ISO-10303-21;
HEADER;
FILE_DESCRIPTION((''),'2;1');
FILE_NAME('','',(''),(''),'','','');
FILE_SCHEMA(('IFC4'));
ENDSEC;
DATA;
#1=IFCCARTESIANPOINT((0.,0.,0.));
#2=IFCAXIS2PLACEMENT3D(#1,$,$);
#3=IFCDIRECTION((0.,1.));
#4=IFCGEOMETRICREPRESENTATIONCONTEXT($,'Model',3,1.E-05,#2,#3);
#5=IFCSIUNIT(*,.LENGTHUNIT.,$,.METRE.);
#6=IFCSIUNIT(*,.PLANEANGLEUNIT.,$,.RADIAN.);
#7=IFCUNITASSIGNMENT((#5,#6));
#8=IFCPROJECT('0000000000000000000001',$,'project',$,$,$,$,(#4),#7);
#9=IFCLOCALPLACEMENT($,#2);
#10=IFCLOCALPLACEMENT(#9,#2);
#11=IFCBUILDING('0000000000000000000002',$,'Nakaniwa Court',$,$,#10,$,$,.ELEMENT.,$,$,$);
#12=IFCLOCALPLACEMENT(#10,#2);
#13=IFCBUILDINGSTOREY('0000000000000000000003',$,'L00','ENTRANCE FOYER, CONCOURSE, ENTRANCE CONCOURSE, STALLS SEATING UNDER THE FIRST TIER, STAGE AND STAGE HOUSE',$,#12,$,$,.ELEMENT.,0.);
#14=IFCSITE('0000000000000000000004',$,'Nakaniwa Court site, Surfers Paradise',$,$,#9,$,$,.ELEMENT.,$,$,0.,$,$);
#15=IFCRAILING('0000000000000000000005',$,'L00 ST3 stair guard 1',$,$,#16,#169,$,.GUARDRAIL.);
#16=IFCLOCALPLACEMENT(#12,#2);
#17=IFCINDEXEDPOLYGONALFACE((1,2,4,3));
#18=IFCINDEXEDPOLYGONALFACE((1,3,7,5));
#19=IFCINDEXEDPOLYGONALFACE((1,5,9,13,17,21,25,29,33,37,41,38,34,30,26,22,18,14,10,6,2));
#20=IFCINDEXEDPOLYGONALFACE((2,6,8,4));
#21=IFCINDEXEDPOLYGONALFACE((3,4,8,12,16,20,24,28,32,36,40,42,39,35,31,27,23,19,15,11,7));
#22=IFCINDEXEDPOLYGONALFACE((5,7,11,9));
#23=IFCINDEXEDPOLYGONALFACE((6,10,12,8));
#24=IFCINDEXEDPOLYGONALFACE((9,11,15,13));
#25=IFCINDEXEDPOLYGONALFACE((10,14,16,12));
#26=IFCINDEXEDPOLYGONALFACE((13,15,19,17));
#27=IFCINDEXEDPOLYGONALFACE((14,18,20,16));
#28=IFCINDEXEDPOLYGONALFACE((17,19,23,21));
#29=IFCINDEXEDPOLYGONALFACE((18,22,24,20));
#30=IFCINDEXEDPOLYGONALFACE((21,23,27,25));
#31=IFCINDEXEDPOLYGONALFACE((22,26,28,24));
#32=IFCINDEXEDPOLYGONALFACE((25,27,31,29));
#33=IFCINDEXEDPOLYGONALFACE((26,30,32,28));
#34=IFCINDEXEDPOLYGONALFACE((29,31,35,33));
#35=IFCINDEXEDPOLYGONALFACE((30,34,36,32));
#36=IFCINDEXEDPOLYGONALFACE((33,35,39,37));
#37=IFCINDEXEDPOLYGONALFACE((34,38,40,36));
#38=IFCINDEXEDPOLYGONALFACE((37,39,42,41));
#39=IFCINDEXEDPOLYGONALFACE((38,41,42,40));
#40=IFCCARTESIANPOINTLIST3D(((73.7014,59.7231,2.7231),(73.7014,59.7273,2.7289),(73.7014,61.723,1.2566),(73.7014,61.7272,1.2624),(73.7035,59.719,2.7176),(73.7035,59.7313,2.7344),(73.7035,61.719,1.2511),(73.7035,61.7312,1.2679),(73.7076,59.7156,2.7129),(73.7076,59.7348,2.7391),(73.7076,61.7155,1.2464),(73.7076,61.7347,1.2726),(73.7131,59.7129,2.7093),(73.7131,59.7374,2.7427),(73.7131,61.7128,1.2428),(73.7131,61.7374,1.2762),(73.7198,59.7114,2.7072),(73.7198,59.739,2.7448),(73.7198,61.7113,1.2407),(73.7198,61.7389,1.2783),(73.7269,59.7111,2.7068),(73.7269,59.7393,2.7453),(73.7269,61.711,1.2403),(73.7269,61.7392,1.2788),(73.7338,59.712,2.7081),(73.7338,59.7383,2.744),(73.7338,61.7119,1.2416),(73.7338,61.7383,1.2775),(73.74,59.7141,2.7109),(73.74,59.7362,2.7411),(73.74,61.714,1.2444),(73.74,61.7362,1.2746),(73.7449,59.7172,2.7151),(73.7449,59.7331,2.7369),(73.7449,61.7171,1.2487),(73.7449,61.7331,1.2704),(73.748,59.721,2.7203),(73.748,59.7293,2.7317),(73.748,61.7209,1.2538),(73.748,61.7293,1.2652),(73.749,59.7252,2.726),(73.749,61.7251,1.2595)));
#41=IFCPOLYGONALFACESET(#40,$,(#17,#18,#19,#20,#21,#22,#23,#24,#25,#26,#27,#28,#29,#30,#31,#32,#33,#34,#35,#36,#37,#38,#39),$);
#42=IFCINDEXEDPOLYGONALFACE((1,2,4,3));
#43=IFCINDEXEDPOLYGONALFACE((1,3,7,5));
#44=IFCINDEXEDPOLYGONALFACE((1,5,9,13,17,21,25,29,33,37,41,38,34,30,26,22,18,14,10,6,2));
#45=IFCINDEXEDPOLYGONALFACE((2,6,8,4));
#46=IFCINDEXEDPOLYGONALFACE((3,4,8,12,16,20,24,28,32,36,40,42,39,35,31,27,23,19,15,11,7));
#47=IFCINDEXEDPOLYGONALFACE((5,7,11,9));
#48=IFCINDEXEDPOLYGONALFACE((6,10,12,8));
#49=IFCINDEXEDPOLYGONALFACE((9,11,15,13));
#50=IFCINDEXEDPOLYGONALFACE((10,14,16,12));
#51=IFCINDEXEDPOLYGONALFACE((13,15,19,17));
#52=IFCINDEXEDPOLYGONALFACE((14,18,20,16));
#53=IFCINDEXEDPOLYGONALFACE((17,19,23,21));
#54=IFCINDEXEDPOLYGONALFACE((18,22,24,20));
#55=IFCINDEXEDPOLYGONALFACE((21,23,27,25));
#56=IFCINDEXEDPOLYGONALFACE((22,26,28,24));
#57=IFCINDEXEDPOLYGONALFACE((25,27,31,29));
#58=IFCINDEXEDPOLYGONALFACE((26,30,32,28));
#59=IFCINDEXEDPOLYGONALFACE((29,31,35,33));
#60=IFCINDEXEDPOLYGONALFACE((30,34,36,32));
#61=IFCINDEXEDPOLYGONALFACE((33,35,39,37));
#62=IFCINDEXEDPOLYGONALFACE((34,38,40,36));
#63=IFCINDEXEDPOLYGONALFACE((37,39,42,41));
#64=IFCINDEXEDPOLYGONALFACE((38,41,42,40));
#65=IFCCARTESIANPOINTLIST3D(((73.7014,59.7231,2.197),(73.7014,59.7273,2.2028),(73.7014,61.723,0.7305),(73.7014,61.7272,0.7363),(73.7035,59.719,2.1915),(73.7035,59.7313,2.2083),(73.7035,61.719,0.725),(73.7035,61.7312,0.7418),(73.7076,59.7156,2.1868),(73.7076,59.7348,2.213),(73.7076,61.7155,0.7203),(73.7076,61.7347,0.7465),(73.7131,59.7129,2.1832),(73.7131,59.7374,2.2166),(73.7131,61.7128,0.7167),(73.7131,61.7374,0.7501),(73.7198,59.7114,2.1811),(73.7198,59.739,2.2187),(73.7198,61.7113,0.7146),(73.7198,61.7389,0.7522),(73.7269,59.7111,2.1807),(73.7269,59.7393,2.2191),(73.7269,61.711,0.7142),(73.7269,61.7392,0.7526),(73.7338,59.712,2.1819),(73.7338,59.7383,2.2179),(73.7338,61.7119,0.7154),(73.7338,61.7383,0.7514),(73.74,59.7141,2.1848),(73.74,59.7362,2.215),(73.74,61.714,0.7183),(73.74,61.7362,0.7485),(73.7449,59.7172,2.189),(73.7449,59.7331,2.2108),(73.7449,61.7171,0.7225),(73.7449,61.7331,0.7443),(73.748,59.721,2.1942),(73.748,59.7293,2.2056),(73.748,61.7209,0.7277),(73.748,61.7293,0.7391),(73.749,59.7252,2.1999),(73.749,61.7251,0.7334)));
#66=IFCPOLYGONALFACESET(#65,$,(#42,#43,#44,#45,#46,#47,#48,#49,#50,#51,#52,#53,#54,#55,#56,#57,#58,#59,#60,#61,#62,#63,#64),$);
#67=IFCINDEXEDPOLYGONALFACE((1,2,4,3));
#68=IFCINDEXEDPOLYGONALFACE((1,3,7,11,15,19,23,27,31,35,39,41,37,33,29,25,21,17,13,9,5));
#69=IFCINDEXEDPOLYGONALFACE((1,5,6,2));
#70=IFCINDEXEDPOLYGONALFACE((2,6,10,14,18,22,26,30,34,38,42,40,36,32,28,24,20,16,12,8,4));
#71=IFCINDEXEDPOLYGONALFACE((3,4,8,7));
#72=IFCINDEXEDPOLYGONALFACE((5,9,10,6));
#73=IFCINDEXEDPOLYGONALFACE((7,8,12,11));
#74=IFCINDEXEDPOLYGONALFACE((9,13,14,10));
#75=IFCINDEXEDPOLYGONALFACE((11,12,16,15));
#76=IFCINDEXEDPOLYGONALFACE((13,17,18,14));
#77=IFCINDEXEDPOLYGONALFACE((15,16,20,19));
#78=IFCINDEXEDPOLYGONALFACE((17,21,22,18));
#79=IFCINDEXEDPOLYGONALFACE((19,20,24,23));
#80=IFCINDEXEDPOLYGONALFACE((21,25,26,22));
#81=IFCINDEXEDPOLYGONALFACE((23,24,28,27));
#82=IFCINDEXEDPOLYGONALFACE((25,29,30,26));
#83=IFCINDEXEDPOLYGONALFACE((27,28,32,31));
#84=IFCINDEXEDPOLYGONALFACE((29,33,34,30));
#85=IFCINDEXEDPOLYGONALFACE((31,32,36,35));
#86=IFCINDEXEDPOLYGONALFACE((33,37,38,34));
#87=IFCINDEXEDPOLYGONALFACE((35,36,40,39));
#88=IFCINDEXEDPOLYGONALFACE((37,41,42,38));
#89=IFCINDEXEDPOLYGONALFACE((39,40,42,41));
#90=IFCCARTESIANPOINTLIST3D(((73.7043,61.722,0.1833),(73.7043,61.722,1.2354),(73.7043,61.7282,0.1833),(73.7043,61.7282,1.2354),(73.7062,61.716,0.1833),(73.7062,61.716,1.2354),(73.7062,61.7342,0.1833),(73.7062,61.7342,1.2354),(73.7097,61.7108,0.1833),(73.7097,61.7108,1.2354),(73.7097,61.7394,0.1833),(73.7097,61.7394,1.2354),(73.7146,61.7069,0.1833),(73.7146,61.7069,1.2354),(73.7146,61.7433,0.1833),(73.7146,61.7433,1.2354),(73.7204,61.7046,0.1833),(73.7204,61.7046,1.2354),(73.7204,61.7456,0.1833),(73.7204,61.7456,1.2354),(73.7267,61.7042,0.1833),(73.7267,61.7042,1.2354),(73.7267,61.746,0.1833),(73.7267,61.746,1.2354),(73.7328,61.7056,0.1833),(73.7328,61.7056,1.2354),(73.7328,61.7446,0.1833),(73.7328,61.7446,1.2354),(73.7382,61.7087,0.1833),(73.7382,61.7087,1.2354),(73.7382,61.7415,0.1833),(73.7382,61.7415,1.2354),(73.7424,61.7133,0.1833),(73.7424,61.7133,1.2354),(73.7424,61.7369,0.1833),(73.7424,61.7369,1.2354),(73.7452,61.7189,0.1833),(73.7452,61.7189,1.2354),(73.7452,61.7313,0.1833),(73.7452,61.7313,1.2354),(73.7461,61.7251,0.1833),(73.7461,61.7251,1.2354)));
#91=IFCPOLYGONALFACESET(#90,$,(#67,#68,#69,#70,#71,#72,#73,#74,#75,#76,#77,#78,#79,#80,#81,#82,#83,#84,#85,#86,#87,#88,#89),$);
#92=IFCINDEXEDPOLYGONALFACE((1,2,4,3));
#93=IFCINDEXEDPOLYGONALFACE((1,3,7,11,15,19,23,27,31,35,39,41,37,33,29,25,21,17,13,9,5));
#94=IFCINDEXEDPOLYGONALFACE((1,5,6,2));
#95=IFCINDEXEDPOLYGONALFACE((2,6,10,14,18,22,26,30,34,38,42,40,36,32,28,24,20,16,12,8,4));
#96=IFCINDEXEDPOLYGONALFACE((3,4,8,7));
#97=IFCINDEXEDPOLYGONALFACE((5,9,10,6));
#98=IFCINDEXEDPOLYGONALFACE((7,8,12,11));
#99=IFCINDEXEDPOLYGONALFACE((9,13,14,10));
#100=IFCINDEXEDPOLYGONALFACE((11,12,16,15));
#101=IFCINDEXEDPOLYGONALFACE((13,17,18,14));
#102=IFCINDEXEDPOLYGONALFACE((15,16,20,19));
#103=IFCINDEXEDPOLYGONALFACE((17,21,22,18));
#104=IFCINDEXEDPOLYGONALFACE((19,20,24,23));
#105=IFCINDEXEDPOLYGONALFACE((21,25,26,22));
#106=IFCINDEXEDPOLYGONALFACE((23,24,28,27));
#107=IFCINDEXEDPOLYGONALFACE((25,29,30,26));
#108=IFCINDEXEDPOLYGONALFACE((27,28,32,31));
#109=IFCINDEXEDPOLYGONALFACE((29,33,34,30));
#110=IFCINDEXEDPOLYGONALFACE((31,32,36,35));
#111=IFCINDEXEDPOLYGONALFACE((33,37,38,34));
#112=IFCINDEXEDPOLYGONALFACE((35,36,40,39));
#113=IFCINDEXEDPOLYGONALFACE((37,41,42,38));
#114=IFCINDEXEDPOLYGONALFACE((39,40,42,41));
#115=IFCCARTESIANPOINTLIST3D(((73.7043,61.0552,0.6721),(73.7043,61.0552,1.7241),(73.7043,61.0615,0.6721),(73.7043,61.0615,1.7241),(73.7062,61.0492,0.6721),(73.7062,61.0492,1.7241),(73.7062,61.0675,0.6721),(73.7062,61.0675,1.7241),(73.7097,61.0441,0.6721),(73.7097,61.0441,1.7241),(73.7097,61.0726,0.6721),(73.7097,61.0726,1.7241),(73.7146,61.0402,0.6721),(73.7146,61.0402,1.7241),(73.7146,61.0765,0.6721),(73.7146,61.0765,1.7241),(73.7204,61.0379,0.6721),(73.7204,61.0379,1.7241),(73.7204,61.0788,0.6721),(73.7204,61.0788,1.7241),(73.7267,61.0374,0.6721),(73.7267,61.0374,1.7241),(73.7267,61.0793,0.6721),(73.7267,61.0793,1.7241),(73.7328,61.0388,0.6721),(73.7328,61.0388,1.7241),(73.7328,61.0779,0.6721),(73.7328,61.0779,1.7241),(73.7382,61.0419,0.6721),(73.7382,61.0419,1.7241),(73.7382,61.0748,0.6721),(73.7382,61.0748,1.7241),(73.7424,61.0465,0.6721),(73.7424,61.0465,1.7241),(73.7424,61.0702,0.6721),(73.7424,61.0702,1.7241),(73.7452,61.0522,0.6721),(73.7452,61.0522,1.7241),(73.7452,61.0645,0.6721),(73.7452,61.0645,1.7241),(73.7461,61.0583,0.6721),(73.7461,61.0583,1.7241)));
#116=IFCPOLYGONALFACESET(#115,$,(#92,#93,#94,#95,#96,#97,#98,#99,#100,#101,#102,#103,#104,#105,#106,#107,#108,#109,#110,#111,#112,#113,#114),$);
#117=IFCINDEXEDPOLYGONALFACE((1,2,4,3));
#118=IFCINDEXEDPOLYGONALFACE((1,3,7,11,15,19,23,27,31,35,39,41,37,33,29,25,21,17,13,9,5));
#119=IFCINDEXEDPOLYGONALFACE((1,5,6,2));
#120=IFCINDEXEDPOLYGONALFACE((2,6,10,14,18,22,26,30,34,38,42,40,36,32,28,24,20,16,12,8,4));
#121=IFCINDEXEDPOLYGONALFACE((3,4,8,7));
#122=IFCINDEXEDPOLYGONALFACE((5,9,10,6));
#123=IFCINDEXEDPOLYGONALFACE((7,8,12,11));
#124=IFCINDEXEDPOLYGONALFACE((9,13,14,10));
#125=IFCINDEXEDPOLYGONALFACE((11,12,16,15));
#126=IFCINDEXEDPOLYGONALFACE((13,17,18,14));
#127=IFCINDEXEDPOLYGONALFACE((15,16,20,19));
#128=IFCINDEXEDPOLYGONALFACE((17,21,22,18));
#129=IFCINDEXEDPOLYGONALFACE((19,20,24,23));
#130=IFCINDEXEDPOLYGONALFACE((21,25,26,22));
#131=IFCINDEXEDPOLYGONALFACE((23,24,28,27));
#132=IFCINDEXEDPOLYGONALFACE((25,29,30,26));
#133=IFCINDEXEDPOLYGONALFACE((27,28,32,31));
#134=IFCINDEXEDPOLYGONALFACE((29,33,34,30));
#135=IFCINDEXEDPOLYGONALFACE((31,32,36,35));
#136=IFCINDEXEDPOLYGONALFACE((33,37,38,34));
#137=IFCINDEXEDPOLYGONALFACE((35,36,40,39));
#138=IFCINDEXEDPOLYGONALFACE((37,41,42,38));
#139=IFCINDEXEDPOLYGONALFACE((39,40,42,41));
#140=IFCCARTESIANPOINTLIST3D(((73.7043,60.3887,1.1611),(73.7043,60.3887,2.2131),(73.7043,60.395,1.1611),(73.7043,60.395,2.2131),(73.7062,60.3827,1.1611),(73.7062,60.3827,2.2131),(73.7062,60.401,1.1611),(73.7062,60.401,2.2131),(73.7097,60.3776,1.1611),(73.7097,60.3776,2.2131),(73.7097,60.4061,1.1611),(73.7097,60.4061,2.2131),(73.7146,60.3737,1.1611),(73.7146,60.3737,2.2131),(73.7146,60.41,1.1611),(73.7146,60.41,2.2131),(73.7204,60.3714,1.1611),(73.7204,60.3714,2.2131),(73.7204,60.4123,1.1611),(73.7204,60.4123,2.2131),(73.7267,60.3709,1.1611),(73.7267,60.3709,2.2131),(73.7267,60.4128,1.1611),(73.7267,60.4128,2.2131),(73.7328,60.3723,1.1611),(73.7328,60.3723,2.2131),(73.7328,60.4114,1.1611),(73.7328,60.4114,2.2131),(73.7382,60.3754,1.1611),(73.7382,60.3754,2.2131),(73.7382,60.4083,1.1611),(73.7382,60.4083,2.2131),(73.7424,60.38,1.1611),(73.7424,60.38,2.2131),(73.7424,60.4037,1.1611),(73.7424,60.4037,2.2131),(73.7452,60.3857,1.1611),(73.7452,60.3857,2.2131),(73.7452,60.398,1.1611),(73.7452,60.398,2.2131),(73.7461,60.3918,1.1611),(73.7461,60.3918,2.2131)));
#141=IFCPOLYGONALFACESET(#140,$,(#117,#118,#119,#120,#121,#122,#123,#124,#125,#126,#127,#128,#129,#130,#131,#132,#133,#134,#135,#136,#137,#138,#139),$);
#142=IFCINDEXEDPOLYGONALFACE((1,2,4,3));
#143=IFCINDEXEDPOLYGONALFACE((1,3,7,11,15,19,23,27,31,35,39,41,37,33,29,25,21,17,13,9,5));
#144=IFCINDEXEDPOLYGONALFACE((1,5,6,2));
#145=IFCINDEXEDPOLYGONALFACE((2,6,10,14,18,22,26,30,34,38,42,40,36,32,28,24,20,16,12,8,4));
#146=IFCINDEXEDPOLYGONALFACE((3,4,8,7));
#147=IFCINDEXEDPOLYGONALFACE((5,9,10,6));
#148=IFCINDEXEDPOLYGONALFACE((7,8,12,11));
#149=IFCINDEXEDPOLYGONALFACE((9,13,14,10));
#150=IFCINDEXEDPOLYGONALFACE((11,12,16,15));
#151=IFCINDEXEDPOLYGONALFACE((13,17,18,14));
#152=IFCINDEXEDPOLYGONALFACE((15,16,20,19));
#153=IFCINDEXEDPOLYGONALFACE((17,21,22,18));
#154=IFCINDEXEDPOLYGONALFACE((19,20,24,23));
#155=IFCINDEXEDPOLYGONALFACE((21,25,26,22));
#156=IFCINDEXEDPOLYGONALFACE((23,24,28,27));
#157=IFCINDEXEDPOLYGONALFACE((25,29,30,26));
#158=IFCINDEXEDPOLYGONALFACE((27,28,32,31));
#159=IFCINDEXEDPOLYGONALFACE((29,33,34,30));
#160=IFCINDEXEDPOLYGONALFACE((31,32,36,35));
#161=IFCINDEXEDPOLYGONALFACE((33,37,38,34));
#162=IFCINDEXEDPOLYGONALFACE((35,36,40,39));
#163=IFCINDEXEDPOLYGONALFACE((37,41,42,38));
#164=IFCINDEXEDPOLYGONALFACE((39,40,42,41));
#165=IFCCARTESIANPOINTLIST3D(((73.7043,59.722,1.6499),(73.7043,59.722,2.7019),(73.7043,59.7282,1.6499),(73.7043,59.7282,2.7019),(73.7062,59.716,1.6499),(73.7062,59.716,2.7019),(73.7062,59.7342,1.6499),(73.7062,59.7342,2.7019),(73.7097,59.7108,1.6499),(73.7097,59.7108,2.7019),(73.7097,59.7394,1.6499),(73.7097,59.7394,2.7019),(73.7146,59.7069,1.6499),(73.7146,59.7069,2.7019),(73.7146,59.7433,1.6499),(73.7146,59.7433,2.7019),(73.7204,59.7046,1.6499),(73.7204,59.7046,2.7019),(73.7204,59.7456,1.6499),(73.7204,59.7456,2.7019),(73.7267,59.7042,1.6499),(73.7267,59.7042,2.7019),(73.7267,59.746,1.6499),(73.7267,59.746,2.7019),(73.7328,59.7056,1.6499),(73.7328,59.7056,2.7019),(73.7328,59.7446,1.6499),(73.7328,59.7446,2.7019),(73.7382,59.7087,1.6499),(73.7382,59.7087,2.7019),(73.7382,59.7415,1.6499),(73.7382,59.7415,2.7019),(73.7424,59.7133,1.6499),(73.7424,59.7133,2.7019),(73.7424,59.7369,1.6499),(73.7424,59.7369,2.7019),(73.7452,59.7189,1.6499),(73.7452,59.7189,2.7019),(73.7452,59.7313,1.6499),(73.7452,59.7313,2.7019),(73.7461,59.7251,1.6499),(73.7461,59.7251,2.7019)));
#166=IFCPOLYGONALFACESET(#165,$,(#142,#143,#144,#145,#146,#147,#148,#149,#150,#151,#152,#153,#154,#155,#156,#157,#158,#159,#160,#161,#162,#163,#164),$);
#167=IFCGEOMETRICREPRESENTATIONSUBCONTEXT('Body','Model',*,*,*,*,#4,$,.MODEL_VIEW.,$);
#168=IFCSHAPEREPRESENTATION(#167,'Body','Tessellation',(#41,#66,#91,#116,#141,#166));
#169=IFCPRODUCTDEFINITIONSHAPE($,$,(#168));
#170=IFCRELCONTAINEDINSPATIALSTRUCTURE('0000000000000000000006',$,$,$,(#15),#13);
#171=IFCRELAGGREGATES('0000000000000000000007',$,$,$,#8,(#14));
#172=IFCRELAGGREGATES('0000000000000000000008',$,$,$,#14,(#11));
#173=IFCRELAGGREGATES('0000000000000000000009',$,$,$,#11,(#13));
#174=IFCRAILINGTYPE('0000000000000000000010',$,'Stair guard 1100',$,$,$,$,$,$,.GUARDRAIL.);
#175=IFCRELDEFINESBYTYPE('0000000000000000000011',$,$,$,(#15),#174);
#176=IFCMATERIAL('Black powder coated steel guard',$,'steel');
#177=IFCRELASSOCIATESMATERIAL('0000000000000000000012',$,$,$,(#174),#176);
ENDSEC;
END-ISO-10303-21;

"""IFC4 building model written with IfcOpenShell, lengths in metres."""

from ifc_helpers import new_model, si_unit, direction, frame, origin, origin_2d, place, context, subcontext, project, spatial, circle, extrude, material, type_object, element, save


model = new_model("IFC4")

# Units and contexts
model_context = context("Model", 3, precision=1e-05, world=origin(), true_north=direction((0.0, 1.0)))
body_context = subcontext(model_context, "Body", "Model", "MODEL_VIEW")
ifc_project = project(units=[si_unit("LENGTHUNIT", "METRE"), si_unit("PLANEANGLEUNIT", "RADIAN")], contexts=[model_context])

# Site, building, storey
site_placement = place(None, origin())
site = spatial("IfcSite", under=ifc_project, at=site_placement, Name="Nakaniwa Court site, Surfers Paradise", CompositionType="ELEMENT", RefElevation=0.0)
building_placement = place(site_placement, origin())
building = spatial("IfcBuilding", under=site, at=building_placement, Name="Nakaniwa Court", CompositionType="ELEMENT")
storey_placement = place(building_placement, origin())
storey = spatial("IfcBuildingStorey", under=building, at=storey_placement, Name="L00", Description="ENTRANCE FOYER, CONCOURSE, ENTRANCE CONCOURSE, STALLS SEATING UNDER THE FIRST TIER, STAGE AND STAGE HOUSE", CompositionType="ELEMENT", Elevation=0.0)

# Railing
ifc_material_1 = material(Name="Black powder coated steel guard", Category="steel")
railing_type_1 = type_object("IfcRailingType", Name="Stair guard 1100", PredefinedType="GUARDRAIL", material=ifc_material_1)
railing_1_placement = place(storey_placement, frame((73.7251, 61.7251, 0.1833)))
element("IfcRailing", 1, at=railing_1_placement, inside=storey, type_object=railing_type_1, Name="L00 ST3 stair guard 1", PredefinedType="GUARDRAIL", context=body_context, shape_type="SweptSolid", body=[
    extrude(circle(Radius=0.0239, at=origin_2d()), frame((0.0, 0.0, 1.0762), z_axis=(0.0, -0.806427, 0.591334), x_axis=(1.0, 0.0, 0.0)), (0.0, 0.0, 1.0), 2.48),
    extrude(circle(Radius=0.0239, at=origin_2d()), frame((0.0, 0.0, 0.55), z_axis=(0.0, -0.806427, 0.591334), x_axis=(1.0, 0.0, 0.0)), (0.0, 0.0, 1.0), 2.48),
    extrude(circle(Radius=0.021, at=origin_2d()), origin(), (0.0, 0.0, 1.0), 1.052),
    extrude(circle(Radius=0.021, at=origin_2d()), frame((0.0, -0.6667, 0.4888)), (0.0, 0.0, 1.0), 1.052),
    extrude(circle(Radius=0.021, at=origin_2d()), frame((0.0, -1.3333, 0.9778)), (0.0, 0.0, 1.0), 1.052),
    extrude(circle(Radius=0.021, at=origin_2d()), frame((0.0, -2.0, 1.4666)), (0.0, 0.0, 1.0), 1.052),
])

save(model, "model.ifc")
